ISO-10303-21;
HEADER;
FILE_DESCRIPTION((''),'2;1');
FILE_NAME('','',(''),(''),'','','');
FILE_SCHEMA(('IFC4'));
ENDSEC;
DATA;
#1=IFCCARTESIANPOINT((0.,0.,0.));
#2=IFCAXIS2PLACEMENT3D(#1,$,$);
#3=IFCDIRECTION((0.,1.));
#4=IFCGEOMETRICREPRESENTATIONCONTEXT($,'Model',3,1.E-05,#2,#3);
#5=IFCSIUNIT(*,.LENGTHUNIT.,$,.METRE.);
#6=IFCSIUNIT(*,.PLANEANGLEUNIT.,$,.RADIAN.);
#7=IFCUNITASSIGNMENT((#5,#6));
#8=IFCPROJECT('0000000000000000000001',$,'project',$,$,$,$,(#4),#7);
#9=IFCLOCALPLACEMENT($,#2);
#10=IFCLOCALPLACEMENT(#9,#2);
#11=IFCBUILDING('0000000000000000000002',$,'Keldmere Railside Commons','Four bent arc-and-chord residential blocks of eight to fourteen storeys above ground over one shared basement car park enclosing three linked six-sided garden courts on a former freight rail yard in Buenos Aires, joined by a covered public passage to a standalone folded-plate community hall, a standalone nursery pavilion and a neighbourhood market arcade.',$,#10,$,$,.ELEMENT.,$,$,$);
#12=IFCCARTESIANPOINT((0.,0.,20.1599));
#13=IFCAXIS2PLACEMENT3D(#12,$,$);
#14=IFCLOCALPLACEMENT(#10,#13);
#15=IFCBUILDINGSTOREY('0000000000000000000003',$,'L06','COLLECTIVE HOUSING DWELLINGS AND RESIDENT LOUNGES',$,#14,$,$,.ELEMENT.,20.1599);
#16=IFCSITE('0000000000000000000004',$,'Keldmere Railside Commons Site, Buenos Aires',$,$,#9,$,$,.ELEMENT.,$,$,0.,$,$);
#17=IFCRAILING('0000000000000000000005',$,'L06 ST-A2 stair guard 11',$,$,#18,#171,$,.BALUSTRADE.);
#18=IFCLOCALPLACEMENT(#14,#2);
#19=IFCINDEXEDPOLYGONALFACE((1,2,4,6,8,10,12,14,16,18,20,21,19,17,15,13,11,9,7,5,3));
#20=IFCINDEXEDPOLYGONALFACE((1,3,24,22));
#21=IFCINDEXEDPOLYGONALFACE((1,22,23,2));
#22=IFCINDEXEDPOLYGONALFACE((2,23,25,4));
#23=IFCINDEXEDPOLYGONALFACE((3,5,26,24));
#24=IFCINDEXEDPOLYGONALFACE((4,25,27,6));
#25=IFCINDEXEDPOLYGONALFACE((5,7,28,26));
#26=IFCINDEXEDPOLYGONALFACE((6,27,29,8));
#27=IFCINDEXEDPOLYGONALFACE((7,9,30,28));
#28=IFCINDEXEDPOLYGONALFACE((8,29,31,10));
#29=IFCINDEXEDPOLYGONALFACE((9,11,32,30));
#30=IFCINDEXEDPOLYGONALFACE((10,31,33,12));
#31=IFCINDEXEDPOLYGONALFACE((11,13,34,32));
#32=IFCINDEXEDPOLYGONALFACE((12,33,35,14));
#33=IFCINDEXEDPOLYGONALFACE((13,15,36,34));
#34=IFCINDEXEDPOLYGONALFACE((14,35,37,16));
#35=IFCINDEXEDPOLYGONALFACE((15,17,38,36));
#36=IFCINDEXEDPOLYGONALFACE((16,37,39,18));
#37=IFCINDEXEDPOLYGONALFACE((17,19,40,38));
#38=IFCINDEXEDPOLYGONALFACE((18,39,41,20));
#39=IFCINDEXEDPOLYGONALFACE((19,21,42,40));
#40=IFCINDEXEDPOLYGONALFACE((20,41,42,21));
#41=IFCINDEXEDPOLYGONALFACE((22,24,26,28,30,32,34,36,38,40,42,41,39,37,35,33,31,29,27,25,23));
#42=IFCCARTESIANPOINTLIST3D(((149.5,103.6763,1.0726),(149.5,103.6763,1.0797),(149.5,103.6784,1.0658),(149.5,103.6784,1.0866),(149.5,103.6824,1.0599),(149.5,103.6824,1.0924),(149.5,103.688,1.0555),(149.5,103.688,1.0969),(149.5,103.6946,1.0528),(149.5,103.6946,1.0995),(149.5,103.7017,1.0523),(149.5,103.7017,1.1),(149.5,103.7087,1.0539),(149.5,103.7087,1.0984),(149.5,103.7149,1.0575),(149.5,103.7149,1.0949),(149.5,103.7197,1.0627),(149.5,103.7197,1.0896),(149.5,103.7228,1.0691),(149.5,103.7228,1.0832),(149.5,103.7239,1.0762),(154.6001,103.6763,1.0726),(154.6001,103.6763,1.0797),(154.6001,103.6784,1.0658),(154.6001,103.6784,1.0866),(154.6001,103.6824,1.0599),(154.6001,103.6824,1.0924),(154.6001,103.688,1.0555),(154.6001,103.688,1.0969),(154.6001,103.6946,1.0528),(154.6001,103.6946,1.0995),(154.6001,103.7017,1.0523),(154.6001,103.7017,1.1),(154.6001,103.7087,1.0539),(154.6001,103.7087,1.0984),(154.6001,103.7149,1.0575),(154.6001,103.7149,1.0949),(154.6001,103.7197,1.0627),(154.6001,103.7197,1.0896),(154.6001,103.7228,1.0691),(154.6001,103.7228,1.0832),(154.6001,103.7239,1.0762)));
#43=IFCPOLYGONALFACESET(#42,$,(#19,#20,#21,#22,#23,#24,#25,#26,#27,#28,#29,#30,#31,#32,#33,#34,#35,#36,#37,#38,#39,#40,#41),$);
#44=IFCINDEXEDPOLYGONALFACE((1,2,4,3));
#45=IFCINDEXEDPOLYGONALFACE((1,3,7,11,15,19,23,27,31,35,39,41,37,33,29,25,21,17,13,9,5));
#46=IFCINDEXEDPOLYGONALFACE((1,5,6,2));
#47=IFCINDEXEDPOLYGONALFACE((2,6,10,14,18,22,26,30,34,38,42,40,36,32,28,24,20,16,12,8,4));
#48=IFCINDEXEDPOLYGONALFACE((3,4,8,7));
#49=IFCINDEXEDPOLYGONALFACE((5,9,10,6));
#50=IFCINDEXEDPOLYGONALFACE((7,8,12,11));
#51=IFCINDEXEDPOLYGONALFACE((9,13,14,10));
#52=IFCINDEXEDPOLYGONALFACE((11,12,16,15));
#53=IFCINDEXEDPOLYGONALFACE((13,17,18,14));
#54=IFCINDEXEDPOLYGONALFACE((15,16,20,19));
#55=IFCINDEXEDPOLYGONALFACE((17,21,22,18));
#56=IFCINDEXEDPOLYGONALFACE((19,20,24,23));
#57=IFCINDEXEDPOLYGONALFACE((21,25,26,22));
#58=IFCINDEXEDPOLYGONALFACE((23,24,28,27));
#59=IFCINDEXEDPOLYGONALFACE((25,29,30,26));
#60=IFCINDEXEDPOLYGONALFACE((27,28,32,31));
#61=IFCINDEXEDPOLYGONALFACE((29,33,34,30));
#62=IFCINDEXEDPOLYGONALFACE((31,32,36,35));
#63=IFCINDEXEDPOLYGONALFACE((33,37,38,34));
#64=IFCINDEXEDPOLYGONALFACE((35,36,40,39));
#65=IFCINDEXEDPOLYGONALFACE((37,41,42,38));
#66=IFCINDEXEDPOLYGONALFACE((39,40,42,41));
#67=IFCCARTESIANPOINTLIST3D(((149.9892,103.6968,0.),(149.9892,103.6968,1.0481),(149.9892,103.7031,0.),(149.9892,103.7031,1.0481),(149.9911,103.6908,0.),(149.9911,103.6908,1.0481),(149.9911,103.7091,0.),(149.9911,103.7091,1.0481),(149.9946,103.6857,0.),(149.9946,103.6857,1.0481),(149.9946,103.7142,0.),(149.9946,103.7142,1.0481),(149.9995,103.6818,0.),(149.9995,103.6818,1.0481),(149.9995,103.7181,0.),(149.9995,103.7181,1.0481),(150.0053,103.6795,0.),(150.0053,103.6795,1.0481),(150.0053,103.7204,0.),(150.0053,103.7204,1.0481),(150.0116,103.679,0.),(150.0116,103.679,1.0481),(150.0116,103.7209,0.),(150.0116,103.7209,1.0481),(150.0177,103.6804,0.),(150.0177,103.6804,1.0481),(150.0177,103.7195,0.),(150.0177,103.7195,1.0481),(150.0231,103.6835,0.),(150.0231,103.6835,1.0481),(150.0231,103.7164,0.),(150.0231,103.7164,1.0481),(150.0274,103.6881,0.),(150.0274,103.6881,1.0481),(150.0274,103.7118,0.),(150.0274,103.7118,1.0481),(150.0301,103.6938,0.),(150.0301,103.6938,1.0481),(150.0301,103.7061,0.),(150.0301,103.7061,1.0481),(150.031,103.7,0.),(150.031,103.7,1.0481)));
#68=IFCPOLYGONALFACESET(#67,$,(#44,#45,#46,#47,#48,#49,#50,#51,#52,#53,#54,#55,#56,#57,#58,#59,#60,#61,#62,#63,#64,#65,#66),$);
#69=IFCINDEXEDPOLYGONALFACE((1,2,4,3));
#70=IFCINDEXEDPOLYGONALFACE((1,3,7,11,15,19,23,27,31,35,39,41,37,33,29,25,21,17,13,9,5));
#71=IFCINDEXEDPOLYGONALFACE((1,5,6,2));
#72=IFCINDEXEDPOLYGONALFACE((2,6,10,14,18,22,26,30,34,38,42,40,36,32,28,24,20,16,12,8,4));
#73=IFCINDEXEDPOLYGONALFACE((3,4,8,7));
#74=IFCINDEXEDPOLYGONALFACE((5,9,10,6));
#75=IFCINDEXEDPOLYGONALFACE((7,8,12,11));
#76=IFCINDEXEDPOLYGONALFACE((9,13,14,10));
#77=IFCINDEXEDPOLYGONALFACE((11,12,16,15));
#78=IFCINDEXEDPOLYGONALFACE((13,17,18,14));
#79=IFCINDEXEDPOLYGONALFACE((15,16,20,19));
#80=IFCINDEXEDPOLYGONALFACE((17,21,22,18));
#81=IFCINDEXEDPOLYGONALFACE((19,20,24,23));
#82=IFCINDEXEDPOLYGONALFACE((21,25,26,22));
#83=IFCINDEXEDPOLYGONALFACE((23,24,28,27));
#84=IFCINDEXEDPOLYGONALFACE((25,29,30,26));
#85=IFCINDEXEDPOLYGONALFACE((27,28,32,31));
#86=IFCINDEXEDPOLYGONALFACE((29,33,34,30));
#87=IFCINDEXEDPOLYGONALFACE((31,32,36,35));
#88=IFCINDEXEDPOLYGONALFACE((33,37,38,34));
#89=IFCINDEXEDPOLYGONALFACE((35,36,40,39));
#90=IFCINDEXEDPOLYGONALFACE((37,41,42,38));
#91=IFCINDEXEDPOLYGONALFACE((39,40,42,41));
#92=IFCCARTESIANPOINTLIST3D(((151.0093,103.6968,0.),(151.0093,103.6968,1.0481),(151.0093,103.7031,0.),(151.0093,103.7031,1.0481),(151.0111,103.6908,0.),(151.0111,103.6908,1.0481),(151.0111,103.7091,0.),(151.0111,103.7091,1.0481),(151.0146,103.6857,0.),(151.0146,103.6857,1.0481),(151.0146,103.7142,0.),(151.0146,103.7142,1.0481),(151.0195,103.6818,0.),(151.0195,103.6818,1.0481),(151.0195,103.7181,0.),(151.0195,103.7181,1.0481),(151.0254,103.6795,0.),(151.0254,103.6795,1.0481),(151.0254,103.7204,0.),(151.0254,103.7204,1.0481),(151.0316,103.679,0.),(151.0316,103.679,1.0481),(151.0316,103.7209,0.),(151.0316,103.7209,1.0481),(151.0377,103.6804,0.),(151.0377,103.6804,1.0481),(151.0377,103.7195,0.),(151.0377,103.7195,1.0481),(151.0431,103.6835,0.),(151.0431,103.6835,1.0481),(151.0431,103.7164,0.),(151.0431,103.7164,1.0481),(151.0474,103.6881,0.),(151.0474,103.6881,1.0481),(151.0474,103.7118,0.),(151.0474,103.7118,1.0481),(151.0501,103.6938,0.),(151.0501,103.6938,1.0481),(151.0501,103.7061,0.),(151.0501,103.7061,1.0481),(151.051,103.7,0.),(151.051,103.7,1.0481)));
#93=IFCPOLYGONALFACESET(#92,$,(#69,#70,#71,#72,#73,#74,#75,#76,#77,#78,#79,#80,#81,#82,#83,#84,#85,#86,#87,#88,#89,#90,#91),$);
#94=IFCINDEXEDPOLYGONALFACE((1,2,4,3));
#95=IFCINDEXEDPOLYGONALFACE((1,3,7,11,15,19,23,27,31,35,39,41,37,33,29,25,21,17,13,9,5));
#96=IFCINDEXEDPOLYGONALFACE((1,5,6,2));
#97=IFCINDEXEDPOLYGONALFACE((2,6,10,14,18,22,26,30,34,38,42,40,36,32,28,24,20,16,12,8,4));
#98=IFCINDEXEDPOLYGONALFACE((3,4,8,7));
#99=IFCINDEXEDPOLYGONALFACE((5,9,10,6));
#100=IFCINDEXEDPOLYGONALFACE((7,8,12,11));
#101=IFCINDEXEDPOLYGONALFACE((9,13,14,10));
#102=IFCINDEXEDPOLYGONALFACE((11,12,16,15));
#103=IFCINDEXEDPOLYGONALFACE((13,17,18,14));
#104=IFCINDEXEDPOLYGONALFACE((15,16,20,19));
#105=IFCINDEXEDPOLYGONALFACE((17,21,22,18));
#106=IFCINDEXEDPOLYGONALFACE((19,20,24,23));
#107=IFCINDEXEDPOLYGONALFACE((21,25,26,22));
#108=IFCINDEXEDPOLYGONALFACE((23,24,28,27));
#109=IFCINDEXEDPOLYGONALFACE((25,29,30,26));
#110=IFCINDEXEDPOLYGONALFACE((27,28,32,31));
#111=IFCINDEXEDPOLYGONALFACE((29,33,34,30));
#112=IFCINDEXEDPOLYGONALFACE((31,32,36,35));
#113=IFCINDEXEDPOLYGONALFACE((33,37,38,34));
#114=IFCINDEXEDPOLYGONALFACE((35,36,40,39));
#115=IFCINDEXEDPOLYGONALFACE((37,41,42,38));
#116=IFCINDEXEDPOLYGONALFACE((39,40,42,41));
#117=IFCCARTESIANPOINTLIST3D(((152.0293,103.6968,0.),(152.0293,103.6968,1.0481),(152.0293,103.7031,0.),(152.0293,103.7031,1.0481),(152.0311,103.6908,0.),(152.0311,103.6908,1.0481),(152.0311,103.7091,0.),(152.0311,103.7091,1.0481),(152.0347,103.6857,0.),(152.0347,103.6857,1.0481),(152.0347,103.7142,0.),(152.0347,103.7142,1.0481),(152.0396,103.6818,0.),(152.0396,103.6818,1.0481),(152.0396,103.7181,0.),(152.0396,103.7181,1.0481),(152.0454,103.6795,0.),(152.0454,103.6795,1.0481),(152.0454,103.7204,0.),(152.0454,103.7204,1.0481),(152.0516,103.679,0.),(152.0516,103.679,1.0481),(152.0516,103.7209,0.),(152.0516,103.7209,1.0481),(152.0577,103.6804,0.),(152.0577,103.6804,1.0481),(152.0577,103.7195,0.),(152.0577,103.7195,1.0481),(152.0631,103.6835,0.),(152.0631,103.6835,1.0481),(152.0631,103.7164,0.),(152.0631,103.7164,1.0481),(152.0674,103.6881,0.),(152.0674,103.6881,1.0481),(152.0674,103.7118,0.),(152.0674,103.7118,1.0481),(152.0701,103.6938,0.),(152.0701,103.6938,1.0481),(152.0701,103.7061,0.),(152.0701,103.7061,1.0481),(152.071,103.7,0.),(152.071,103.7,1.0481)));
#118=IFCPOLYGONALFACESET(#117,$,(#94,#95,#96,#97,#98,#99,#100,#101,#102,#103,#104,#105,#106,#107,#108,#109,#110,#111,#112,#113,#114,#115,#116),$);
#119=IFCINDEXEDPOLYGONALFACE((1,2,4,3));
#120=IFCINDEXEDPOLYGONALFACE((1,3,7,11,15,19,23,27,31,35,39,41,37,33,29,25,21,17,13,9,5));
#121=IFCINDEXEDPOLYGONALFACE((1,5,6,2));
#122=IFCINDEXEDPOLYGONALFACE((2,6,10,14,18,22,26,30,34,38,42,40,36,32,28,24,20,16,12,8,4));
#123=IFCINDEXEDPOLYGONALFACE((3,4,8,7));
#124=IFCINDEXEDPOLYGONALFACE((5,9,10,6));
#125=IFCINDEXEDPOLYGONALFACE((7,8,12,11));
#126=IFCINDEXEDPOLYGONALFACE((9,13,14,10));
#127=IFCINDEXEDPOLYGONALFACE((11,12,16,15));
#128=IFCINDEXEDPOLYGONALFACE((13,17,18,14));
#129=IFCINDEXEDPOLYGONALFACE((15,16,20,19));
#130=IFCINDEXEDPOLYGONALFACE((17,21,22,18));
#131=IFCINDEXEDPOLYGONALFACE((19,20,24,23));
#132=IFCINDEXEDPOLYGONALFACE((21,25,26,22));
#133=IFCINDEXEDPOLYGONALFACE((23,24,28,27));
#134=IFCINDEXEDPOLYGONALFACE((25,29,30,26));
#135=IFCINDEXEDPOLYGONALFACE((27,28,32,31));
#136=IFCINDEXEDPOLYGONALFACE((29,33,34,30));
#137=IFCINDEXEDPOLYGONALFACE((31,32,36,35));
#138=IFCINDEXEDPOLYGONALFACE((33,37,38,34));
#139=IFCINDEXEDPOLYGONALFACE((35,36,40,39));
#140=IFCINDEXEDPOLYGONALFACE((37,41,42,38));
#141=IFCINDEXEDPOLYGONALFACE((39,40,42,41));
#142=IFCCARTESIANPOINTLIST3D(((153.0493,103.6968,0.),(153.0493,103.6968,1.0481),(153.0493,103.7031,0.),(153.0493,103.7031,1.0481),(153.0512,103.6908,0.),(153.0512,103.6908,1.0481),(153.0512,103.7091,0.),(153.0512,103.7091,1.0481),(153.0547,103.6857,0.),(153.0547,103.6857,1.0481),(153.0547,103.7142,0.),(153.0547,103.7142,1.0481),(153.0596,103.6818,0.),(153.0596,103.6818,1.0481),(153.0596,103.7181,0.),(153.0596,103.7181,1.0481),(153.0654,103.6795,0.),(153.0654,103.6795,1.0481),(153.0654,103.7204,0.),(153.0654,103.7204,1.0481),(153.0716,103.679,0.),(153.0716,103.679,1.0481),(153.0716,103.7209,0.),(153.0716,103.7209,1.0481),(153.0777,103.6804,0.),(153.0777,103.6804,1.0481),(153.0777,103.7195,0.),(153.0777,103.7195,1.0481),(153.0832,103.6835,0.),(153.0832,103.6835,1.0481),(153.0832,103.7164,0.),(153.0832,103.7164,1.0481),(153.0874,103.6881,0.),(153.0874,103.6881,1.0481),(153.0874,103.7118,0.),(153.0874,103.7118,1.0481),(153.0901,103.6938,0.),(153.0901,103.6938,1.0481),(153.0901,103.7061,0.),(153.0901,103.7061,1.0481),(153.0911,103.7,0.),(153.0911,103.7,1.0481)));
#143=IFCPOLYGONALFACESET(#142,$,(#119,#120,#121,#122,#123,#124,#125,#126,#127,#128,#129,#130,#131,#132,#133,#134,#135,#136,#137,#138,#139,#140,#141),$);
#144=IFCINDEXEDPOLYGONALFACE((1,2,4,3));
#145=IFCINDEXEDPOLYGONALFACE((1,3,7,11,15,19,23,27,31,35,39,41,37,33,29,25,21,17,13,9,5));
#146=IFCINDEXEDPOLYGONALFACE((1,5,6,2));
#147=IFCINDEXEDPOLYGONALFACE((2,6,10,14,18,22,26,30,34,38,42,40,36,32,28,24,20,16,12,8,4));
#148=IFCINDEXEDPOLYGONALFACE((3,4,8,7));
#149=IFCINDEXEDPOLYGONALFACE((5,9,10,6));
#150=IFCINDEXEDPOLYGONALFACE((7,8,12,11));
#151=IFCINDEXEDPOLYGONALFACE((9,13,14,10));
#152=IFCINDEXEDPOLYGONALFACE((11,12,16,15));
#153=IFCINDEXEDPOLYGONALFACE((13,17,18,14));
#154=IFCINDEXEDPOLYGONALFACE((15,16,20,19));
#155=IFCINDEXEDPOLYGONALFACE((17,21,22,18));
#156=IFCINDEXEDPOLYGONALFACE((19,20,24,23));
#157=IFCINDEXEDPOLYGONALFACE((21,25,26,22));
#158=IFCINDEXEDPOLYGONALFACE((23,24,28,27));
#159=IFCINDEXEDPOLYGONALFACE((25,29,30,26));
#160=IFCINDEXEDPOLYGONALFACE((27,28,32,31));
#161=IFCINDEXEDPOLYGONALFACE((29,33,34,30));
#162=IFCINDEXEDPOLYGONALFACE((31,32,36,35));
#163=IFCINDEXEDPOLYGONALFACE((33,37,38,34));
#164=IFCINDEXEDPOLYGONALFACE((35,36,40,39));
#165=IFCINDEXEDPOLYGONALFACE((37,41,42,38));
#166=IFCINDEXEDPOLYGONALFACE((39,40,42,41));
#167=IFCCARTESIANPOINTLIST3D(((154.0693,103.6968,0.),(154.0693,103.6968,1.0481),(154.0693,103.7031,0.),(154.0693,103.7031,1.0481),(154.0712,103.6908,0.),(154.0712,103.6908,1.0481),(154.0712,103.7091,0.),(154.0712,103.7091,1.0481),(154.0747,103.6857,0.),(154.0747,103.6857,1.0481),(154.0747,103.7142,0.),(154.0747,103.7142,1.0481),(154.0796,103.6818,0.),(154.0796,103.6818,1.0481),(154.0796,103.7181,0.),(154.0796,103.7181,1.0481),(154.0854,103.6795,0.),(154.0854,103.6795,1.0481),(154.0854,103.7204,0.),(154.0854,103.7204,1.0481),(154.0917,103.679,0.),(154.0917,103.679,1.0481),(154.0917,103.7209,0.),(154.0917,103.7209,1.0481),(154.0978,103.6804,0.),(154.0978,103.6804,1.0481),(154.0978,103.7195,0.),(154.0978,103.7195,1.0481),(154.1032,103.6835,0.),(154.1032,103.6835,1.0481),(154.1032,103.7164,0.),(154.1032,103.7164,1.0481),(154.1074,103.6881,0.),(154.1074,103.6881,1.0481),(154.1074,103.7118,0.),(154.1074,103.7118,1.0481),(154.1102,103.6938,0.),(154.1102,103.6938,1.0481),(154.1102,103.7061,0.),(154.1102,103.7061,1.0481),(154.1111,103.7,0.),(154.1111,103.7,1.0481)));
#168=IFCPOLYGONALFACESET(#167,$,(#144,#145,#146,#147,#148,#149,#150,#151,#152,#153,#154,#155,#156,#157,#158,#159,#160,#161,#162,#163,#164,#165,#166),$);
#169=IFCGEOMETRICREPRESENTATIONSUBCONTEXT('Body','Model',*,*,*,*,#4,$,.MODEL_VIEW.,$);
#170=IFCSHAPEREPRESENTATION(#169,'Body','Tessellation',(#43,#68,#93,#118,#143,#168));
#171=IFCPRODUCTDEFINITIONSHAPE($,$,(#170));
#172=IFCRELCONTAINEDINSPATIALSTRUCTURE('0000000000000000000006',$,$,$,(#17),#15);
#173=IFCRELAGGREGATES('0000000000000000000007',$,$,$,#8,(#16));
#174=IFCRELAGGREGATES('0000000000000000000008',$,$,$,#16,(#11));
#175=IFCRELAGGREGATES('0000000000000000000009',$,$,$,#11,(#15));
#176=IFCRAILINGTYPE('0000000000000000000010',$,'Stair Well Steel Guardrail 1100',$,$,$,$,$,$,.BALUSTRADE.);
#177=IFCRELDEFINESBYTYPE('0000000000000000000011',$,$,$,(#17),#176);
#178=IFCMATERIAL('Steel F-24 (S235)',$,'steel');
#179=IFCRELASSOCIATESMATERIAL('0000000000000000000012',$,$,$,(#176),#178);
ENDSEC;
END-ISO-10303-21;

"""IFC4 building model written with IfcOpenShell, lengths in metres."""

from ifc_helpers import new_model, si_unit, direction, frame, origin, origin_2d, place, context, subcontext, project, spatial, circle, extrude, material, type_object, element, save


model = new_model("IFC4")

# Units and contexts
model_context = context("Model", 3, precision=1e-05, world=origin(), true_north=direction((0.0, 1.0)))
body_context = subcontext(model_context, "Body", "Model", "MODEL_VIEW")
ifc_project = project(units=[si_unit("LENGTHUNIT", "METRE"), si_unit("PLANEANGLEUNIT", "RADIAN")], contexts=[model_context])

# Site, building, storey
site_placement = place(None, origin())
site = spatial("IfcSite", under=ifc_project, at=site_placement, Name="Keldmere Railside Commons Site, Buenos Aires", CompositionType="ELEMENT", RefElevation=0.0)
building_placement = place(site_placement, origin())
building = spatial("IfcBuilding", under=site, at=building_placement, Name="Keldmere Railside Commons", Description="Four bent arc-and-chord residential blocks of eight to fourteen storeys above ground over one shared basement car park enclosing three linked six-sided garden courts on a former freight rail yard in Buenos Aires, joined by a covered public passage to a standalone folded-plate community hall, a standalone nursery pavilion and a neighbourhood market arcade.", CompositionType="ELEMENT")
storey_placement = place(building_placement, frame((0.0, 0.0, 20.1599)))
storey = spatial("IfcBuildingStorey", under=building, at=storey_placement, Name="L06", Description="COLLECTIVE HOUSING DWELLINGS AND RESIDENT LOUNGES", CompositionType="ELEMENT", Elevation=20.1599)

# Shared definitions
ifc_material_1 = material(Name="Steel F-24 (S235)", Category="steel")

# Railing
railing_type_1 = type_object("IfcRailingType", Name="Stair Well Steel Guardrail 1100", PredefinedType="BALUSTRADE", material=ifc_material_1)
railing_1_placement = place(storey_placement, frame((149.5, 103.7, 0.0)))
element("IfcRailing", 1, at=railing_1_placement, inside=storey, type_object=railing_type_1, Name="L06 ST-A2 stair guard 11", PredefinedType="BALUSTRADE", context=body_context, shape_type="SweptSolid", body=[
    extrude(circle(Radius=0.0239, at=origin_2d()), frame((0.0, 0.0, 1.0762), z_axis=(1.0, 0.0, 0.0), x_axis=(0.0, 1.0, 0.0)), (0.0, 0.0, 1.0), 5.1001),
    extrude(circle(Radius=0.021, at=origin_2d()), frame((0.51, 0.0, 0.0)), (0.0, 0.0, 1.0), 1.0481),
    extrude(circle(Radius=0.021, at=origin_2d()), frame((1.53, 0.0, 0.0)), (0.0, 0.0, 1.0), 1.0481),
    extrude(circle(Radius=0.021, at=origin_2d()), frame((2.55, 0.0, 0.0)), (0.0, 0.0, 1.0), 1.0481),
    extrude(circle(Radius=0.021, at=origin_2d()), frame((3.5701, 0.0, 0.0)), (0.0, 0.0, 1.0), 1.0481),
    extrude(circle(Radius=0.021, at=origin_2d()), frame((4.5901, 0.0, 0.0)), (0.0, 0.0, 1.0), 1.0481),
])

save(model, "model.ifc")
